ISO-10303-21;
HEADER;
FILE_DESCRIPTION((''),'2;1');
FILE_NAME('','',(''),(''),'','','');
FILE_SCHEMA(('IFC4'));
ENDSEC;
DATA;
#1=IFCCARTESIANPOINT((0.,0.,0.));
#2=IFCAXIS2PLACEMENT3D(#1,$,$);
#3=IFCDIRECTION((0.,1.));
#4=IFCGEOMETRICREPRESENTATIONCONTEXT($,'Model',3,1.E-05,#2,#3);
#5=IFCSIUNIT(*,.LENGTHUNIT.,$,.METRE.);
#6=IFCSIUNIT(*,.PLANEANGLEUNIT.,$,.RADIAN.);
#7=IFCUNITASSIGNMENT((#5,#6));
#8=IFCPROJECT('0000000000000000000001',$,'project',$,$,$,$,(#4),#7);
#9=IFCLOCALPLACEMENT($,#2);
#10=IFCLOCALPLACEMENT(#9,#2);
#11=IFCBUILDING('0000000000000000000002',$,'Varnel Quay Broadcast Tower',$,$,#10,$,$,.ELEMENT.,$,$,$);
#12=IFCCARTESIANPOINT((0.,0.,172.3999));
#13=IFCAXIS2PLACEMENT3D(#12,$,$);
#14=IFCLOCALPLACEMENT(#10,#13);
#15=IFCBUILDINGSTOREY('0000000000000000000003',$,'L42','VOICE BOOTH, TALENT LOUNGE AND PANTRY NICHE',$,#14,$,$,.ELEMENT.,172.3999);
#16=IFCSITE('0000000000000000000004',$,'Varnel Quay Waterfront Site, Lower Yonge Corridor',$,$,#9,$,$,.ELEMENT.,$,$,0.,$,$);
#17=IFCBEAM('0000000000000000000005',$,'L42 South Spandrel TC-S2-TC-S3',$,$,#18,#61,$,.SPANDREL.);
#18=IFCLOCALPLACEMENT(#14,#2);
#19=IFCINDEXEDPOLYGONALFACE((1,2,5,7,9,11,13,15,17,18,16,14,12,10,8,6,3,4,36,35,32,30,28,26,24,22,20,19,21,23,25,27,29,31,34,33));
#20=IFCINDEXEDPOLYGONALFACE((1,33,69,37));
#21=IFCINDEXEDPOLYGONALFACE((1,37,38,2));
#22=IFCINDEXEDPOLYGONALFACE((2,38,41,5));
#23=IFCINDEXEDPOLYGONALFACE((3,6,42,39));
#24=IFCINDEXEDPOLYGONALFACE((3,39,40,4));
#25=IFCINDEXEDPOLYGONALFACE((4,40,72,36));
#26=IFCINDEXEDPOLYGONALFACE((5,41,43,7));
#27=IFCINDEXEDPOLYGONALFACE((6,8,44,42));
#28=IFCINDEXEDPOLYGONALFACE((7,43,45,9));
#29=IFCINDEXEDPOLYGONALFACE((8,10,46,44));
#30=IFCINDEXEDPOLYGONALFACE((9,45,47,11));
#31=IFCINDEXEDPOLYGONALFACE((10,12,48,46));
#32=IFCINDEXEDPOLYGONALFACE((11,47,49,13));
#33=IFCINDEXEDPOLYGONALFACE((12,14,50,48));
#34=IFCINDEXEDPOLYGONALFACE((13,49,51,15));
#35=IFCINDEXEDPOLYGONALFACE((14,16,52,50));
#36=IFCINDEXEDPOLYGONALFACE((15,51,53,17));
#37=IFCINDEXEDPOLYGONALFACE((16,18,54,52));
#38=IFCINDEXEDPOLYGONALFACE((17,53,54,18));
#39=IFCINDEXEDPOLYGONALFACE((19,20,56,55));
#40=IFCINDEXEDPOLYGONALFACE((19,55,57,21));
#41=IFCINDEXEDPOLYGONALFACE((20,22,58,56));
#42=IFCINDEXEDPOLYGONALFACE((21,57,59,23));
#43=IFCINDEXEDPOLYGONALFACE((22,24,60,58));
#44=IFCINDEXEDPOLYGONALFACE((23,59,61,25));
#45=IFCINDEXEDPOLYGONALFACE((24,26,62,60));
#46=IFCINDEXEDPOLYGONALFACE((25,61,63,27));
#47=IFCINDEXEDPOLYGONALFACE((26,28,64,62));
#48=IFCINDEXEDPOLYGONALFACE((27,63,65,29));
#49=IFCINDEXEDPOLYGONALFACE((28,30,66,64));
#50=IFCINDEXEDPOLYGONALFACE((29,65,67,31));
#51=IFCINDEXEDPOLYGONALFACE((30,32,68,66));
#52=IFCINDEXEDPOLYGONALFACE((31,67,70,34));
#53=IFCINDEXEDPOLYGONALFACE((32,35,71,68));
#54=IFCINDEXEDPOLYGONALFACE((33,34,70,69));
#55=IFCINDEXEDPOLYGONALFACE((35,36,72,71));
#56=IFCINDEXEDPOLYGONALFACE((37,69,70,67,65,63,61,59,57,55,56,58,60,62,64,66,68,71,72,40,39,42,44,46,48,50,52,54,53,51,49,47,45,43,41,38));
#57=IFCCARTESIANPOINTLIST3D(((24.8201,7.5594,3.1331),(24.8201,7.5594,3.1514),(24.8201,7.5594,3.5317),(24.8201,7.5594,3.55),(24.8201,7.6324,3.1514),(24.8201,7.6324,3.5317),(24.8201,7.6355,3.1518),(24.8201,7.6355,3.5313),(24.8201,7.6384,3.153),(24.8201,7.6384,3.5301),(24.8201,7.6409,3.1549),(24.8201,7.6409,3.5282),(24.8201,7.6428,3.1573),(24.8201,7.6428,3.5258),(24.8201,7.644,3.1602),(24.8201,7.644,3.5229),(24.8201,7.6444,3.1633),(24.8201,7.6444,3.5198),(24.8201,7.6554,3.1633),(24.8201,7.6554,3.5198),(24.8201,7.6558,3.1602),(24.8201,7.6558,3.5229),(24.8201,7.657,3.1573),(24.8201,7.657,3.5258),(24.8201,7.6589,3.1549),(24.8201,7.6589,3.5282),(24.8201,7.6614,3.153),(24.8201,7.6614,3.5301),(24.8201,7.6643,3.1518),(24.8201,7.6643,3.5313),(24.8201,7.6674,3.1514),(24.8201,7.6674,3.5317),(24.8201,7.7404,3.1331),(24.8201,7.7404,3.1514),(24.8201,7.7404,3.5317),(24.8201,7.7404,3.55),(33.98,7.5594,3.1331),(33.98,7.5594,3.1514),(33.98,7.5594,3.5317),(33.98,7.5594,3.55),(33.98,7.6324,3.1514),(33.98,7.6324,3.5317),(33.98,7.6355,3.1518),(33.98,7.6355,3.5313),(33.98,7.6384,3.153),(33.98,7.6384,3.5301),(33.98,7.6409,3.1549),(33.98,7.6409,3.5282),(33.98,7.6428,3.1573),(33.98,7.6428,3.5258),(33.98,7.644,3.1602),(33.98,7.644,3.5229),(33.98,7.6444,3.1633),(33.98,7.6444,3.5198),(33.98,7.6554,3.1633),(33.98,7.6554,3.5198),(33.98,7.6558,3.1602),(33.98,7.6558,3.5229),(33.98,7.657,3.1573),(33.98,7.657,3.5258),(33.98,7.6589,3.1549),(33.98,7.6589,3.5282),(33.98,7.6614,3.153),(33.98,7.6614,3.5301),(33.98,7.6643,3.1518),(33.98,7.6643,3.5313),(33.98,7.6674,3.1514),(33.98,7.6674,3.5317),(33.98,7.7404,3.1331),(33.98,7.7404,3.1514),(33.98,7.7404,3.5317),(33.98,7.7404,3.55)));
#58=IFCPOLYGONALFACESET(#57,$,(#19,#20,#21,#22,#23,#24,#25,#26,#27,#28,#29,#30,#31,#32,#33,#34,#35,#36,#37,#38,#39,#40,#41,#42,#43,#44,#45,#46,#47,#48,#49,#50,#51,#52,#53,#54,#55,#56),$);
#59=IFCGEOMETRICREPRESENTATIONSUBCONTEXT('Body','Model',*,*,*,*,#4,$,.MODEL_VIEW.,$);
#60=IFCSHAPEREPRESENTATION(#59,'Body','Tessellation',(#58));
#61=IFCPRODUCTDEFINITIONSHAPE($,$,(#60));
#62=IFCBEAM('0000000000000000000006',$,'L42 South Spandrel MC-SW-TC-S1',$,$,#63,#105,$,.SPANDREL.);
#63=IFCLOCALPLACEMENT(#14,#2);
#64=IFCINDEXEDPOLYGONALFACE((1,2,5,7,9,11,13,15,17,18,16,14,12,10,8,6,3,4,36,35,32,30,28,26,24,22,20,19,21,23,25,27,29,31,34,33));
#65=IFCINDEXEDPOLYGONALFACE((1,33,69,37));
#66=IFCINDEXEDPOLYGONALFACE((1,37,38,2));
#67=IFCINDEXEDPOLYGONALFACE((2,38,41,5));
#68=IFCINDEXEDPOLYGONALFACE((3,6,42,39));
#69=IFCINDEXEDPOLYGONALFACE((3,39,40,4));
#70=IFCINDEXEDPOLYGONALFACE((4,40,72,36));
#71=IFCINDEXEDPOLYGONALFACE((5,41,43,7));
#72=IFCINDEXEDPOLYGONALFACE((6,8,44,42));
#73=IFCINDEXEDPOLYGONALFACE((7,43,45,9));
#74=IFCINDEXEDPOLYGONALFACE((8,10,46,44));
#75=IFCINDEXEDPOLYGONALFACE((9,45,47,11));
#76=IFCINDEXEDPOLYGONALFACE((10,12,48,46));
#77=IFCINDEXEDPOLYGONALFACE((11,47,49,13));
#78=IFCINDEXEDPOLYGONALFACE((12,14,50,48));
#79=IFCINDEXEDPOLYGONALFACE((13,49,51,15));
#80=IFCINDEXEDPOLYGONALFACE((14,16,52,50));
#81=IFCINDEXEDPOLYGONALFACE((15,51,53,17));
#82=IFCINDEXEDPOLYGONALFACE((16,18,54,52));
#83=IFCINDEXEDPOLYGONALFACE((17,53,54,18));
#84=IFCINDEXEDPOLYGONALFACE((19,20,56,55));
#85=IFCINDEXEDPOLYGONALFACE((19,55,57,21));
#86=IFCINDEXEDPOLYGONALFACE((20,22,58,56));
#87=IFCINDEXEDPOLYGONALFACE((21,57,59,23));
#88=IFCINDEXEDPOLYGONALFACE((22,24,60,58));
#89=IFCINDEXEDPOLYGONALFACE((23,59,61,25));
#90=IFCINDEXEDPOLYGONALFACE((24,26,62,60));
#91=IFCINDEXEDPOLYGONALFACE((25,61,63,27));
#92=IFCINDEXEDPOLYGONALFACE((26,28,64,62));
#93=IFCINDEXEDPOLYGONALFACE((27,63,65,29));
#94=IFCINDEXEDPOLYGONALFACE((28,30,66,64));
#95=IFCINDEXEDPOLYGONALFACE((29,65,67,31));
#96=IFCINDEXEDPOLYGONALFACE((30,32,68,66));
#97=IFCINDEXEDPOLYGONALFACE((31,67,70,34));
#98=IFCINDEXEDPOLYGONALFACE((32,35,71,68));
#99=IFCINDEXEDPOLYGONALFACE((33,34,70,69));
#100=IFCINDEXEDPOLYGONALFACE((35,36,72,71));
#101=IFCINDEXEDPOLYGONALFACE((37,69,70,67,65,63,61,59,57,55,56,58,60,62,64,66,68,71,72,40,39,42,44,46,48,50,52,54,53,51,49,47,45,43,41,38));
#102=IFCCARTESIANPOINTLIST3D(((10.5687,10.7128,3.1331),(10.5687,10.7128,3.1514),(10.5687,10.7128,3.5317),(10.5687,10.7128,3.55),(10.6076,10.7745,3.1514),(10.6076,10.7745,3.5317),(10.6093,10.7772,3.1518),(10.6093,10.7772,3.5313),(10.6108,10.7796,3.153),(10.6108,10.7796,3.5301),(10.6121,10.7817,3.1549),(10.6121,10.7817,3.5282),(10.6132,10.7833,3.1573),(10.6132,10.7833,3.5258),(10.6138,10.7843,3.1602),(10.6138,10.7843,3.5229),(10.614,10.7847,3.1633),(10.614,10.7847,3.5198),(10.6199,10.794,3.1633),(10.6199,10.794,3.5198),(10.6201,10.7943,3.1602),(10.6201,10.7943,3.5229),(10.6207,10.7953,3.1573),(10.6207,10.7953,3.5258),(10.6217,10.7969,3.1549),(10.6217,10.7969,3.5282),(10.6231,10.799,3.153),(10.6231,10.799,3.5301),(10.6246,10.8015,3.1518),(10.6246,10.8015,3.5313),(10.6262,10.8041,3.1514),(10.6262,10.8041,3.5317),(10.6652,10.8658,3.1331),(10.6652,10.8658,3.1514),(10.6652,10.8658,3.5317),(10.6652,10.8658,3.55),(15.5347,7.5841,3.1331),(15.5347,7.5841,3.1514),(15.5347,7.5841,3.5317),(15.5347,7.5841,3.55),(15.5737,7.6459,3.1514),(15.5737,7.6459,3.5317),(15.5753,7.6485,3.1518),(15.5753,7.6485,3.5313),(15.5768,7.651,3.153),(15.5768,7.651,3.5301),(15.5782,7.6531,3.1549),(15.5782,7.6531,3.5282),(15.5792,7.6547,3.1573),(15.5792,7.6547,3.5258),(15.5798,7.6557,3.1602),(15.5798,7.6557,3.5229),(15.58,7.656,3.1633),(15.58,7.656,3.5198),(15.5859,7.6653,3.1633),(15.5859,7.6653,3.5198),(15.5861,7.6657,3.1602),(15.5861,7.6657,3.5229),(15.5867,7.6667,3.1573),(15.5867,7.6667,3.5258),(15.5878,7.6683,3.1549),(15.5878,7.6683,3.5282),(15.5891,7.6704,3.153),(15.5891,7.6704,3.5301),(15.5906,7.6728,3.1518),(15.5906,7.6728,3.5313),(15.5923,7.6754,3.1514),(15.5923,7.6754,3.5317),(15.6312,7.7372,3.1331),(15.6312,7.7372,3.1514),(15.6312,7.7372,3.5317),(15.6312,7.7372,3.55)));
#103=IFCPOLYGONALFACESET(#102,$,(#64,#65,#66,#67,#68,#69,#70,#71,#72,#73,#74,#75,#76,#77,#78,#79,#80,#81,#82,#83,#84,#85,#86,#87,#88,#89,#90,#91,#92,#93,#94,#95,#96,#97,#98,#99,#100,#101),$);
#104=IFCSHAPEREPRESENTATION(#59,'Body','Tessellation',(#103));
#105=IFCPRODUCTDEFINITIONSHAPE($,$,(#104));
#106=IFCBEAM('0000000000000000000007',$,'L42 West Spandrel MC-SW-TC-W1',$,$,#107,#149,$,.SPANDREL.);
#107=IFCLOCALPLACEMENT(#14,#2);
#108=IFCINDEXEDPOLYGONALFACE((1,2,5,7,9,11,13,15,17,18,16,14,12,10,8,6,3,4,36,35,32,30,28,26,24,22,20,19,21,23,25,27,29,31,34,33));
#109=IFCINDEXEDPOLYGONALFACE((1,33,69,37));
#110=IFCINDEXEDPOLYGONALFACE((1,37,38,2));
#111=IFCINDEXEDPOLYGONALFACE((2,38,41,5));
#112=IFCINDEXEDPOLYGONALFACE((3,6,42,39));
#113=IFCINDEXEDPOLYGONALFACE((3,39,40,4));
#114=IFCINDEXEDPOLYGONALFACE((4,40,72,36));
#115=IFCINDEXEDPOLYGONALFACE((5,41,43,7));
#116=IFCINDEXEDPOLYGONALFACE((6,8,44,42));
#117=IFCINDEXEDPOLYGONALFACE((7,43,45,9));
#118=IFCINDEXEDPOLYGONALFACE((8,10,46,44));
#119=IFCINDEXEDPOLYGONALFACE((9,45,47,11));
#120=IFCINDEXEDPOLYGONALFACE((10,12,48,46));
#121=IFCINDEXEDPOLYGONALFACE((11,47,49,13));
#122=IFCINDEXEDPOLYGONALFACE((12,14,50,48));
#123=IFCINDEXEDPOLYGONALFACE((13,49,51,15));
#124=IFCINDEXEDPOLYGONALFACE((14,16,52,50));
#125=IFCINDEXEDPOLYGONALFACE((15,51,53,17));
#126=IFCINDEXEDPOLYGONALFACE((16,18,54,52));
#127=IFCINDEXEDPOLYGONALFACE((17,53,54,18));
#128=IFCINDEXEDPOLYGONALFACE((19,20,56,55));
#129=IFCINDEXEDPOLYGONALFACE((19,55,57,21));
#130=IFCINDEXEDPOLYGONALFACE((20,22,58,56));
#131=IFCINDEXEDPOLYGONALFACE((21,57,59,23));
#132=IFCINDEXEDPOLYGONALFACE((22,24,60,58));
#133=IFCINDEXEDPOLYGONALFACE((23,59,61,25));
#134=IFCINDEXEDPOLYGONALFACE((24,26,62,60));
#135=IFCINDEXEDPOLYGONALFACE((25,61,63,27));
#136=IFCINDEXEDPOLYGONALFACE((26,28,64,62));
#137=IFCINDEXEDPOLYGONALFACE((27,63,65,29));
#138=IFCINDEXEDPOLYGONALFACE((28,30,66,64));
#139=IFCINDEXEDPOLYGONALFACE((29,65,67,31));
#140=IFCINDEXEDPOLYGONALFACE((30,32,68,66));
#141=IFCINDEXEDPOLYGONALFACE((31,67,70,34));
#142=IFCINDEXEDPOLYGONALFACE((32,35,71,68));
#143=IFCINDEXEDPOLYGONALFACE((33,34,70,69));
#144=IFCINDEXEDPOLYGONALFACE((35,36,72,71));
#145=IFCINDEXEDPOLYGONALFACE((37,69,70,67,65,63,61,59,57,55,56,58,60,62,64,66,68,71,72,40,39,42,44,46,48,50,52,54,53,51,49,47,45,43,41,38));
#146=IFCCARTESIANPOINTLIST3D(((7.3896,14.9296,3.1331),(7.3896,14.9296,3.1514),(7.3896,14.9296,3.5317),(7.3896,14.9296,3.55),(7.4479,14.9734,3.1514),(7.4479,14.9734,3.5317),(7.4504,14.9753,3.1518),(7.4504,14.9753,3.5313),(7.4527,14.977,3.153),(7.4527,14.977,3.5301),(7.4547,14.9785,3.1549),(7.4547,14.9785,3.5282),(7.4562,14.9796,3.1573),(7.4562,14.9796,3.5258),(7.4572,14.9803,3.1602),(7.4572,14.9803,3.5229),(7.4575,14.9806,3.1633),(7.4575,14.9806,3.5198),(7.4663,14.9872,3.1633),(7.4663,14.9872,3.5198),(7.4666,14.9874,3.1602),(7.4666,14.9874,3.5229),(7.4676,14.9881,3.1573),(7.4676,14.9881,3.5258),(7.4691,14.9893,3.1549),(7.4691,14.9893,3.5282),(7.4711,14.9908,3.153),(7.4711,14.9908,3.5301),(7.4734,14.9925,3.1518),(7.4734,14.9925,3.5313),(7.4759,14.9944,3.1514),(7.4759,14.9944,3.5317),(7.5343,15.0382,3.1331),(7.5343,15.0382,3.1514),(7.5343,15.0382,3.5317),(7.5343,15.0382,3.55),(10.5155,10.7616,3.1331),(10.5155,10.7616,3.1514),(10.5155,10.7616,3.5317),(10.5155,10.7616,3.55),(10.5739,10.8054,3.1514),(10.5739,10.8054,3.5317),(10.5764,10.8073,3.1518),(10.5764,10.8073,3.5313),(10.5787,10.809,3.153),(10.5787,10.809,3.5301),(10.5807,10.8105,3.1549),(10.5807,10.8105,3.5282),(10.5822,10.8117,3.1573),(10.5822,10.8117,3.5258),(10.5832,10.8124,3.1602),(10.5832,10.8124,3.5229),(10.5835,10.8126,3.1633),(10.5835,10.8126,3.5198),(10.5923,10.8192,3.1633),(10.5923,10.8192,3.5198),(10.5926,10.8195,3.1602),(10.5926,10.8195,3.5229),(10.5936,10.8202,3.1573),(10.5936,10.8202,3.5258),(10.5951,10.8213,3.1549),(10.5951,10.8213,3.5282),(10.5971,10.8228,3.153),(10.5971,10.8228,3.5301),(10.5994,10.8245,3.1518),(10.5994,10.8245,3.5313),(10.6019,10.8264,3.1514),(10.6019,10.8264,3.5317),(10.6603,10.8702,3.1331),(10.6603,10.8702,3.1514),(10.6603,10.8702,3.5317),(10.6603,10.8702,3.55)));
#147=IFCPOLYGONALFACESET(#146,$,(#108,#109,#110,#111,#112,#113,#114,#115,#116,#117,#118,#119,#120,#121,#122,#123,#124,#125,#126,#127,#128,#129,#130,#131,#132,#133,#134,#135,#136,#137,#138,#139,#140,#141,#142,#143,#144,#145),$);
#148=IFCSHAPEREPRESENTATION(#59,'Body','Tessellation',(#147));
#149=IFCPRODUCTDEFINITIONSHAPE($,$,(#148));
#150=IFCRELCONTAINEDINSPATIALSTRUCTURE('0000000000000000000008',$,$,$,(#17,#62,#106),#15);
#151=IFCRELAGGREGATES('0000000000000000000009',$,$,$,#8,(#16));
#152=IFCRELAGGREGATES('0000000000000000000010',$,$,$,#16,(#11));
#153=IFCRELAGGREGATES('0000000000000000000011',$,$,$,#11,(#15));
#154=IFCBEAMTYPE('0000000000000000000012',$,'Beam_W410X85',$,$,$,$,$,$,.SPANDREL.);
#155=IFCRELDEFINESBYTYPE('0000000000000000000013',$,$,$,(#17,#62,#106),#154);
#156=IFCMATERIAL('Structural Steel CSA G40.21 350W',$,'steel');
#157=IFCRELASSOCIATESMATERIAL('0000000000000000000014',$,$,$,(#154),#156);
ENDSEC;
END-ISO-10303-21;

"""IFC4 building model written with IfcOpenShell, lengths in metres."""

from ifc_helpers import new_model, si_unit, direction, frame, origin, origin_2d, place, context, subcontext, project, spatial, i_section, extrude, source, transform, mapped, material, material_profile, profile_set, type_object, type_shapes, element, save


model = new_model("IFC4")

# Units and contexts
model_context = context("Model", 3, precision=1e-05, world=origin(), true_north=direction((0.0, 1.0)))
body_context = subcontext(model_context, "Body", "Model", "MODEL_VIEW")
ifc_project = project(units=[si_unit("LENGTHUNIT", "METRE"), si_unit("PLANEANGLEUNIT", "RADIAN")], contexts=[model_context])

# Site, building, storey
site_placement = place(None, origin())
site = spatial("IfcSite", under=ifc_project, at=site_placement, Name="Varnel Quay Waterfront Site, Lower Yonge Corridor", CompositionType="ELEMENT", RefElevation=0.0)
building_placement = place(site_placement, origin())
building = spatial("IfcBuilding", under=site, at=building_placement, Name="Varnel Quay Broadcast Tower", CompositionType="ELEMENT")
storey_placement = place(building_placement, frame((0.0, 0.0, 172.3999)))
storey = spatial("IfcBuildingStorey", under=building, at=storey_placement, Name="L42", Description="VOICE BOOTH, TALENT LOUNGE AND PANTRY NICHE", CompositionType="ELEMENT", Elevation=172.3999)

# Shared definitions
ifc_material_1 = material(Name="Structural Steel CSA G40.21 350W", Category="steel")

# Beams
ifc_material_profile_1 = material_profile(ifc_material_1, i_section(OverallWidth=0.1809, OverallDepth=0.417, WebThickness=0.011, FlangeThickness=0.0183, FilletRadius=0.012, at=origin_2d()), Name="W410X85")
ifc_profile_set_1 = profile_set([ifc_material_profile_1], Name="Structural Steel CSA G40.21 350W")
beam_type_1 = type_object("IfcBeamType", Name="Beam_W410X85", PredefinedType="SPANDREL", material=ifc_profile_set_1)
shared_shape_1 = source(origin(), body_context, "Body", "SweptSolid", [
    extrude(i_section(OverallWidth=0.1809, OverallDepth=0.417, WebThickness=0.011, FlangeThickness=0.0183, FilletRadius=0.012, at=origin_2d()), origin(), (0.0, 0.0, 1.0), 9.1599),
])
for number, where, z_axis, x_axis, name in (
    (1, (24.8201, 7.6499, 3.3416), (1.0, 0.0, 0.0), (0.0, 1.0, 0.0), "L42 South Spandrel TC-S2-TC-S3"),
):
    element("IfcBeam", number, at=place(storey_placement, frame(where, z_axis=z_axis, x_axis=x_axis)), inside=storey, type_object=beam_type_1, Name=name, PredefinedType="SPANDREL", context=body_context, shape_type="MappedRepresentation", body=[
        mapped(shared_shape_1, transform((0.0, 0.0, 0.0), x_axis=(1.0, 0.0, 0.0), y_axis=(0.0, 1.0, 0.0), z_axis=(0.0, 0.0, 1.0), scale=1.0)),
    ])
shared_shape_2 = source(origin(), body_context, "Body", "SweptSolid", [
    extrude(i_section(OverallWidth=0.1809, OverallDepth=0.417, WebThickness=0.011, FlangeThickness=0.0183, FilletRadius=0.012, at=origin_2d()), origin(), (0.0, 0.0, 1.0), 5.8694),
])
beam_1_placement = place(storey_placement, frame((10.6169, 10.7893, 3.3416), z_axis=(0.846088, -0.533043, 0.0), x_axis=(0.533043, 0.846088, 0.0)))
element("IfcBeam", 2, at=beam_1_placement, inside=storey, type_object=beam_type_1, Name="L42 South Spandrel MC-SW-TC-S1", PredefinedType="SPANDREL", context=body_context, shape_type="MappedRepresentation", body=[
    mapped(shared_shape_2, transform((0.0, 0.0, 0.0), x_axis=(1.0, 0.0, 0.0), y_axis=(0.0, 1.0, 0.0), z_axis=(0.0, 0.0, 1.0), scale=1.0)),
])
shared_shape_3 = source(origin(), body_context, "Body", "SweptSolid", [
    extrude(i_section(OverallWidth=0.1809, OverallDepth=0.417, WebThickness=0.011, FlangeThickness=0.0183, FilletRadius=0.012, at=origin_2d()), origin(), (0.0, 0.0, 1.0), 5.21),
])
type_shapes(beam_type_1, [shared_shape_1, shared_shape_2, shared_shape_3])
beam_2_placement = place(storey_placement, frame((10.5879, 10.8159, 3.3416), z_axis=(-0.6, 0.8, 0.0), x_axis=(-0.8, -0.6, 0.0)))
element("IfcBeam", 3, at=beam_2_placement, inside=storey, type_object=beam_type_1, Name="L42 West Spandrel MC-SW-TC-W1", PredefinedType="SPANDREL", context=body_context, shape_type="MappedRepresentation", body=[
    mapped(shared_shape_3, transform((0.0, 0.0, 0.0), x_axis=(1.0, 0.0, 0.0), y_axis=(0.0, 1.0, 0.0), z_axis=(0.0, 0.0, 1.0), scale=1.0)),
])

save(model, "model.ifc")
